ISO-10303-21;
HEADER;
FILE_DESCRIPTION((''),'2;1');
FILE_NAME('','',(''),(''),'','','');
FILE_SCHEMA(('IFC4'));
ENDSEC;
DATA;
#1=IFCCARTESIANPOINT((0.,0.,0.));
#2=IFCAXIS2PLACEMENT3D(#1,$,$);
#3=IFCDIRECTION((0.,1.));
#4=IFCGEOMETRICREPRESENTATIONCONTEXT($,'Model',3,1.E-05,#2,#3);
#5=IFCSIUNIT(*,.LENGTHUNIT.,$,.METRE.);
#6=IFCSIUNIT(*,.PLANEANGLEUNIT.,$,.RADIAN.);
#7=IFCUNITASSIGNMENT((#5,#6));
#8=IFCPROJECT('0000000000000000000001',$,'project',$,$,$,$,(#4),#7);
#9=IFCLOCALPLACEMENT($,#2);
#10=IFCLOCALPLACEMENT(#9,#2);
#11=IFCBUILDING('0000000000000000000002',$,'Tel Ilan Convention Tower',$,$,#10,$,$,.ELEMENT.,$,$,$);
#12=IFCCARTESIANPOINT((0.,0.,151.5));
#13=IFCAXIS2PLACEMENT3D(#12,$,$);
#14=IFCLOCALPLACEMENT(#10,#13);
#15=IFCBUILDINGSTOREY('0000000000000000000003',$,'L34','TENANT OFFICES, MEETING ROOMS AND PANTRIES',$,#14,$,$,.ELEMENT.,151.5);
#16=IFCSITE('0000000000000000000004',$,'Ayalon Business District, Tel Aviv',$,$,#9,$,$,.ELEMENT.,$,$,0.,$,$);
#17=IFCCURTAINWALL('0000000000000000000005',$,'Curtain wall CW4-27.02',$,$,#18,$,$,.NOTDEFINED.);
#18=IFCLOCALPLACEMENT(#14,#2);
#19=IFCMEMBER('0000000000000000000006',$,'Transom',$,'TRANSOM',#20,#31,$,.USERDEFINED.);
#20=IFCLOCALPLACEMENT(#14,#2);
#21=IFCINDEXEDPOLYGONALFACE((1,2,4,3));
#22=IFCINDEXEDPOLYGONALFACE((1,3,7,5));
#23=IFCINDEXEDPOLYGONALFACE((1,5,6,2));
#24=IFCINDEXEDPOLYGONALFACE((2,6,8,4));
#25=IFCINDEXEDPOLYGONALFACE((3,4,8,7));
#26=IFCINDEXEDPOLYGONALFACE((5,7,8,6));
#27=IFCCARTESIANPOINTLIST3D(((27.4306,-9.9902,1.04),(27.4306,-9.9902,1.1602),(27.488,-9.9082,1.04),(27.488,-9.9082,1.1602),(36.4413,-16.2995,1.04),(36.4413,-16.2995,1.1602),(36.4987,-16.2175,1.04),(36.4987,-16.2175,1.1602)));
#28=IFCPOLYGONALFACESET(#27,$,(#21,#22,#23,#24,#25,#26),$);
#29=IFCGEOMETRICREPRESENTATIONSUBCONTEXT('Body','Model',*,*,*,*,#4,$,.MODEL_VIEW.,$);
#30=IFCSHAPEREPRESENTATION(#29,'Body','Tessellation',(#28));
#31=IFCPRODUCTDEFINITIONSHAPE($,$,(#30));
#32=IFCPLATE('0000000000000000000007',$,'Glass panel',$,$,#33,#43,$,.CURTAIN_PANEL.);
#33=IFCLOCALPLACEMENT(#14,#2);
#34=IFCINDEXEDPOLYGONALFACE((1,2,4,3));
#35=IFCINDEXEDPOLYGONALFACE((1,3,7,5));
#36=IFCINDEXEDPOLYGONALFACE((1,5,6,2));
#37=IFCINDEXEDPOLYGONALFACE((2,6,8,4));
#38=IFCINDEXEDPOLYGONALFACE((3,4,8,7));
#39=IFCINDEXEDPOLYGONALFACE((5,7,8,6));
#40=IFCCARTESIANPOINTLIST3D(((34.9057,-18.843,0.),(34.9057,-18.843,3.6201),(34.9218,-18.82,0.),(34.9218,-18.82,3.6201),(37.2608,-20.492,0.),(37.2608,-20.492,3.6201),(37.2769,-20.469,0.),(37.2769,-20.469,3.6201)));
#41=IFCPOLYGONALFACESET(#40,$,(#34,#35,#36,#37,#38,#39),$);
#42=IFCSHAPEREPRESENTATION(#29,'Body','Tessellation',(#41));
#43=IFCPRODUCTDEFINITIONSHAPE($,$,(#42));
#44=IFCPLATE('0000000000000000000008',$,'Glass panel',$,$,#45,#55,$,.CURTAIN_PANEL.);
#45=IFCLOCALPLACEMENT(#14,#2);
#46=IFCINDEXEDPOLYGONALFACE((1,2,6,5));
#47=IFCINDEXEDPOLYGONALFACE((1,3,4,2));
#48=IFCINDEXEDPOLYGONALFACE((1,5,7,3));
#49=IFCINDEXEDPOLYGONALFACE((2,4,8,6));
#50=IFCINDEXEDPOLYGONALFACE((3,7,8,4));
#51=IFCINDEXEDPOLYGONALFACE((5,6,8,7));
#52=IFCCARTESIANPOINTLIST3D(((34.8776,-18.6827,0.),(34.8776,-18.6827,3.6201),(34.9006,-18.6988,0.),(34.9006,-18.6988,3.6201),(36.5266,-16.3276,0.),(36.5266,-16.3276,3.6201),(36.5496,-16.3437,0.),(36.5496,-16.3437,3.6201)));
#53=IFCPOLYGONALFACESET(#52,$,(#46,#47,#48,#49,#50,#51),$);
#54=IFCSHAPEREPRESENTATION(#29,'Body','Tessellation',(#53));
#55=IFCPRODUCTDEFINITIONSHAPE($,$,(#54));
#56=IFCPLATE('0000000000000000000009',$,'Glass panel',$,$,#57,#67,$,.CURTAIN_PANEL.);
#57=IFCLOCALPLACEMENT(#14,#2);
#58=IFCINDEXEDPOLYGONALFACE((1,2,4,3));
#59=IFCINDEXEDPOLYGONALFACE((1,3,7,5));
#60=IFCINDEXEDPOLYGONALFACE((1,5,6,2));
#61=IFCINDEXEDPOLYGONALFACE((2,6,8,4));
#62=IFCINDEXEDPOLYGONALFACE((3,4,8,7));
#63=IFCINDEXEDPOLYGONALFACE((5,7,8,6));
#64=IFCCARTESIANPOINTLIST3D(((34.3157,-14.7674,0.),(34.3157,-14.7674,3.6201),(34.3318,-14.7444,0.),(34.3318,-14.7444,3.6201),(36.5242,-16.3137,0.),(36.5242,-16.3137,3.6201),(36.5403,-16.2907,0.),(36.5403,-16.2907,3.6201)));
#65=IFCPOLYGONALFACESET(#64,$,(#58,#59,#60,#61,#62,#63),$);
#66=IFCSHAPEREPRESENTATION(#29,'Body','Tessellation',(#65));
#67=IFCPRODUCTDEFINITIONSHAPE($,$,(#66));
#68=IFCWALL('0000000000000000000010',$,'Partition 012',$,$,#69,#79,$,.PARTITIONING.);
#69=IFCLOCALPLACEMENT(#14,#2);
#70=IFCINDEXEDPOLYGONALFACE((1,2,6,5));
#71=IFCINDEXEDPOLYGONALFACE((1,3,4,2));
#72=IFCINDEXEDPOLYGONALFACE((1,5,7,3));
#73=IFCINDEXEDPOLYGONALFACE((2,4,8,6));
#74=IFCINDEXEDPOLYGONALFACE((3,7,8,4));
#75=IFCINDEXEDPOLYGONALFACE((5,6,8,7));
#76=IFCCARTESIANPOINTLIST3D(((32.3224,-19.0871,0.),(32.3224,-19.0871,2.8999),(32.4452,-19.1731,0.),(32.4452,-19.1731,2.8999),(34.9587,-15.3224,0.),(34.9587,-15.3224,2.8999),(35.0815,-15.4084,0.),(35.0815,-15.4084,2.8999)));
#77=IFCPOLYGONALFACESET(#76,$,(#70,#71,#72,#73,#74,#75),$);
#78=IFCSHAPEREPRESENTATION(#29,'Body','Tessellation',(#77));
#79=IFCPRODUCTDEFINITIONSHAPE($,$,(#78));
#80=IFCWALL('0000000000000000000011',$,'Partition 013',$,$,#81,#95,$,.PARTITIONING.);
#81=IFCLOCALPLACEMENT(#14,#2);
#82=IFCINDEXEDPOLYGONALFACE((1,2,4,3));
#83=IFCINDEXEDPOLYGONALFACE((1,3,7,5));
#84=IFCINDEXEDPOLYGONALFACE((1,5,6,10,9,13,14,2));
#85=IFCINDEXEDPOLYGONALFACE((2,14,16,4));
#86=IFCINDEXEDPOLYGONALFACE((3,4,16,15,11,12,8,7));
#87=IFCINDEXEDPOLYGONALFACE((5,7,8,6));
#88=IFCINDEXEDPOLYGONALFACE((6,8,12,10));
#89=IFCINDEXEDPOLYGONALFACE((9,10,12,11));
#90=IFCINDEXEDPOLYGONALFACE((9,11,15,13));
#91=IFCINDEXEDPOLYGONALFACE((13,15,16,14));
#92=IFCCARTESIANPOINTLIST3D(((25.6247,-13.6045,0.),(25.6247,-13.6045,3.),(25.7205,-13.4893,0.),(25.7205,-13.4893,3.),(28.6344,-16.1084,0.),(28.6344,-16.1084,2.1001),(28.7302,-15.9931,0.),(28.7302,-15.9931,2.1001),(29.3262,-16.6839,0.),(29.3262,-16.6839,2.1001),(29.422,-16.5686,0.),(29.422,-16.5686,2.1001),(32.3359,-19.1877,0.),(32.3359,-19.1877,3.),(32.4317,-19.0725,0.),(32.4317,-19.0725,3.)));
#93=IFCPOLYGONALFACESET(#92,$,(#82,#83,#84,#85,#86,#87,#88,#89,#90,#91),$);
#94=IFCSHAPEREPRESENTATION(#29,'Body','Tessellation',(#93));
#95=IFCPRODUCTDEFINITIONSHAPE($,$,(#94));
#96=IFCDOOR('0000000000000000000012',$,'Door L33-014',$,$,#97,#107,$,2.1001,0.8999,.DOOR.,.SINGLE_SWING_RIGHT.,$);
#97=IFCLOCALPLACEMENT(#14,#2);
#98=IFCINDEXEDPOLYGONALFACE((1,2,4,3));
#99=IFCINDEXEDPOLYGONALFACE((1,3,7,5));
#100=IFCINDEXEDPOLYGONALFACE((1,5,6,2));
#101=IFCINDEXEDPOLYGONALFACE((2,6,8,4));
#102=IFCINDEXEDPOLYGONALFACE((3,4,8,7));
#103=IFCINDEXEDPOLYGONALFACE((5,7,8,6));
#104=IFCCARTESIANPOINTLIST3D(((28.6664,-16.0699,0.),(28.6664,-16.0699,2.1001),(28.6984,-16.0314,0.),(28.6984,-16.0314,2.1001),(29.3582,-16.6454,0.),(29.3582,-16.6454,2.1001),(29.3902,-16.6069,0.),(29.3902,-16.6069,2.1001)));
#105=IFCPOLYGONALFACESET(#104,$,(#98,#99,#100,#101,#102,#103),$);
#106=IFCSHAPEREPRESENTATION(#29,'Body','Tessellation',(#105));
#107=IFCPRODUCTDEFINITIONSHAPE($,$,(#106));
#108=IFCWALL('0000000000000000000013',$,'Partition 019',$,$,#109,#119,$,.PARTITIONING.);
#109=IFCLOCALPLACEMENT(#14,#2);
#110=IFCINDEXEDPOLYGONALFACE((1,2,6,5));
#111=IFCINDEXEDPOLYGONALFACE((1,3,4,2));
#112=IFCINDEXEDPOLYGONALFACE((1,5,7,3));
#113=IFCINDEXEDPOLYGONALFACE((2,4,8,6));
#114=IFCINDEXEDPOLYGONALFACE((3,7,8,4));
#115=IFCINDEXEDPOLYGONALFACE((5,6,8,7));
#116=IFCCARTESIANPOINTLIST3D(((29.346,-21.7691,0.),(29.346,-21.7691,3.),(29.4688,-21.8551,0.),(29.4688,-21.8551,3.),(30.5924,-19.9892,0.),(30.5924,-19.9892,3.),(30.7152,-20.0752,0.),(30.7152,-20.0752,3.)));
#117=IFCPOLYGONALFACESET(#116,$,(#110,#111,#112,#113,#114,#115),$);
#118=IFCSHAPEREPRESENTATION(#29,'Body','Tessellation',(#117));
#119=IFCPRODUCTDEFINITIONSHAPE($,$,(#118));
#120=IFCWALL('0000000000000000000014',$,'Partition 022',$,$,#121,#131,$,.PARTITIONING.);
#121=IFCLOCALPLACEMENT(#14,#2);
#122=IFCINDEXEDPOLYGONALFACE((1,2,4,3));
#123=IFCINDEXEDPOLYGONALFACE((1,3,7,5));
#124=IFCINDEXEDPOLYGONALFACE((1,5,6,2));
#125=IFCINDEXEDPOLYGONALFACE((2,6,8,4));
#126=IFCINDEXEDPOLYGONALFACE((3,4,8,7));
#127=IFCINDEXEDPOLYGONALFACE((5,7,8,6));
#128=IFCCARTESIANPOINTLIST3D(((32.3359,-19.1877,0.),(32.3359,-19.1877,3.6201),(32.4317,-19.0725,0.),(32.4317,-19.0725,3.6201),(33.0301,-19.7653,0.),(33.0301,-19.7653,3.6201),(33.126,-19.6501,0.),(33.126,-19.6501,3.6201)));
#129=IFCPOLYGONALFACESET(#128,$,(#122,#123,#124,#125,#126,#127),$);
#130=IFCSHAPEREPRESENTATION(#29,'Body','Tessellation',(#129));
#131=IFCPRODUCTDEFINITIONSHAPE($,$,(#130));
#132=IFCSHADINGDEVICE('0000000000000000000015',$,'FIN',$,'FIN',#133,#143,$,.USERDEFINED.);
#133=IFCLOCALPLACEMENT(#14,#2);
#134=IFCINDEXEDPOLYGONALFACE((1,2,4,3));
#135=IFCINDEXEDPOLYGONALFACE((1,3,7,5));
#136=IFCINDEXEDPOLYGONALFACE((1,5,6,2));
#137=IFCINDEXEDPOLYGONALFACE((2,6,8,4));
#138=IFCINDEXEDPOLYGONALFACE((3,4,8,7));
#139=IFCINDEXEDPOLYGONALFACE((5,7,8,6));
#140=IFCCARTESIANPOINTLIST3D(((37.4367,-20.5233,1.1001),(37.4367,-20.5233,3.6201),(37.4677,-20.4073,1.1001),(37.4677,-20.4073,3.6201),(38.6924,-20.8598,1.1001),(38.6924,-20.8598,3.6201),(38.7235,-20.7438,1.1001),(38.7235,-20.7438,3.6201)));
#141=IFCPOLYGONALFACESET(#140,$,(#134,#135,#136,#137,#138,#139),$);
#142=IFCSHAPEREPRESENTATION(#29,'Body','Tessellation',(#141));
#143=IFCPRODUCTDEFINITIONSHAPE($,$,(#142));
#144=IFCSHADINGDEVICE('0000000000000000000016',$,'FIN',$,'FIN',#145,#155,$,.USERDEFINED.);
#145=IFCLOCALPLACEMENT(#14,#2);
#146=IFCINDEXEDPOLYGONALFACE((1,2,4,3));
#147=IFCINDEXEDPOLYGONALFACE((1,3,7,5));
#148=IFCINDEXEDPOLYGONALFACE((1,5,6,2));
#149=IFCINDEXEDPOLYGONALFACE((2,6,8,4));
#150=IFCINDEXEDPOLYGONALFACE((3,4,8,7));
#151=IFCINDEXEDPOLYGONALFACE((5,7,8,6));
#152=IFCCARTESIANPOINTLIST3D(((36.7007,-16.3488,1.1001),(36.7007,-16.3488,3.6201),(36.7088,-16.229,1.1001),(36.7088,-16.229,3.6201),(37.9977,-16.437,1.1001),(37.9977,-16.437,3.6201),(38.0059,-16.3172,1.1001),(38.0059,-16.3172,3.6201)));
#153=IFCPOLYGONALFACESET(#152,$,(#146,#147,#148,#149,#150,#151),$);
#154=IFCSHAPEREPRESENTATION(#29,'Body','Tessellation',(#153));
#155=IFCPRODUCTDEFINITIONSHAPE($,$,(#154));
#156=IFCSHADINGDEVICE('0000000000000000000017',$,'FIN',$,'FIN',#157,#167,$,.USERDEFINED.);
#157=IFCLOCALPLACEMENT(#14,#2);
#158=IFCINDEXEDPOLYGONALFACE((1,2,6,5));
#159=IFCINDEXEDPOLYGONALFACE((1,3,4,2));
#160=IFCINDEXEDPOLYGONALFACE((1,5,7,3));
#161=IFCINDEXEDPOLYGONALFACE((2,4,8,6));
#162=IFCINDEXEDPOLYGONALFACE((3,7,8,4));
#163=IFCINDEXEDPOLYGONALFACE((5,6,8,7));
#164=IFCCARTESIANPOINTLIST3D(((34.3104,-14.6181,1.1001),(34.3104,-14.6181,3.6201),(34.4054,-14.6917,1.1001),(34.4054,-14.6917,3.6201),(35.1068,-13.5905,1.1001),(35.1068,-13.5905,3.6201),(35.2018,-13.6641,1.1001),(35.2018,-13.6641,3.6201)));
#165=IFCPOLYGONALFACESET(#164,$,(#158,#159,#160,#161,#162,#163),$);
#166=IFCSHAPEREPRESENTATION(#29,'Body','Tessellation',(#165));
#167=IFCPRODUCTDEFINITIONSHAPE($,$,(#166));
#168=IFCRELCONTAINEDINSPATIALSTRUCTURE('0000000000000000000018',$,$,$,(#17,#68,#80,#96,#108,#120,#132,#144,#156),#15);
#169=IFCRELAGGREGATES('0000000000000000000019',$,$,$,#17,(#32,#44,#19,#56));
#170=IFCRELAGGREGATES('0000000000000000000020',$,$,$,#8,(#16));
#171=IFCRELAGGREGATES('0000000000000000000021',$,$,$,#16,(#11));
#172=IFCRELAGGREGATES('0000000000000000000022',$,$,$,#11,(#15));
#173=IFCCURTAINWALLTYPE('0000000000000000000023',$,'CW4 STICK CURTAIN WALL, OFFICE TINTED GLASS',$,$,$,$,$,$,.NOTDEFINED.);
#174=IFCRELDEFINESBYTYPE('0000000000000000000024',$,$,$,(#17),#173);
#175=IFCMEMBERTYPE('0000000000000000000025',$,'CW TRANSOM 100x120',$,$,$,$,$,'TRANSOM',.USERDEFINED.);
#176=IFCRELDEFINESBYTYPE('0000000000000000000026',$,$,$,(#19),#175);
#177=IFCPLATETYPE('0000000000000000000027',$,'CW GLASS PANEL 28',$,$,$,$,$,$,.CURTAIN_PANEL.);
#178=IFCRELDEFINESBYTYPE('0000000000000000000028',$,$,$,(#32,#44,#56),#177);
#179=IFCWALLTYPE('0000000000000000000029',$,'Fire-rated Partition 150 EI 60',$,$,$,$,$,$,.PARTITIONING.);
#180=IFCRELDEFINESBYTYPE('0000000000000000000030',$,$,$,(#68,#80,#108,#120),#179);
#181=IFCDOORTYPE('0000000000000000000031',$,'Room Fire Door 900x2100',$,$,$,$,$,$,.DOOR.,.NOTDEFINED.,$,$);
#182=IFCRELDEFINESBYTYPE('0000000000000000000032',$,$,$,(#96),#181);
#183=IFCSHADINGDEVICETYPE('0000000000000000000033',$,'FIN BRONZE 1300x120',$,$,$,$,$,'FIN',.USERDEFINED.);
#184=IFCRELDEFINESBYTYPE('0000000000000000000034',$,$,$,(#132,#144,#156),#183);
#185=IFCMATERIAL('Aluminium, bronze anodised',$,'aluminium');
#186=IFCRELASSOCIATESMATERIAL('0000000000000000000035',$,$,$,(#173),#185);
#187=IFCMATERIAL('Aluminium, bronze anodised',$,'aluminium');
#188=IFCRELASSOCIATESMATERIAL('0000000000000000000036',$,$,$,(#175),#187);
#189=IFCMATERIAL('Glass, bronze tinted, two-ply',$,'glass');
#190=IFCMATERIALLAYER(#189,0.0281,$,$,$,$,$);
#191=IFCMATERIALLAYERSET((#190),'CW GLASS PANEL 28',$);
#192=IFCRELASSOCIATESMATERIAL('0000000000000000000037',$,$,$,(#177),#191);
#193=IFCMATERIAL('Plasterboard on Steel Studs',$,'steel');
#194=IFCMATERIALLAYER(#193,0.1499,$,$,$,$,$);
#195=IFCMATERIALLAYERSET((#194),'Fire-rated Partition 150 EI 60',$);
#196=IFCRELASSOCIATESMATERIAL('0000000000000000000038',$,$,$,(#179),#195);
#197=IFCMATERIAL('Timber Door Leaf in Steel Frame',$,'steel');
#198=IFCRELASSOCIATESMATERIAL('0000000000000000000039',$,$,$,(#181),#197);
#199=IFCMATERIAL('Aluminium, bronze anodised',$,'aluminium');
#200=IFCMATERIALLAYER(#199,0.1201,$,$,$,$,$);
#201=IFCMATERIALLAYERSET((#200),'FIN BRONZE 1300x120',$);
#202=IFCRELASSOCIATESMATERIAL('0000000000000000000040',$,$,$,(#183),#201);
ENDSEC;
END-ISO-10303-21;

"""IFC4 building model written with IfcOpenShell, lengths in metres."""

from ifc_helpers import new_model, si_unit, direction, frame, frame_2d, origin, origin_2d, place, context, subcontext, project, spatial, rectangle, extrude, material, layer, layer_set, material_profile, profile_set, type_object, element, fill, aggregate, save


model = new_model("IFC4")

# Units and contexts
model_context = context("Model", 3, precision=1e-05, world=origin(), true_north=direction((0.0, 1.0)))
body_context = subcontext(model_context, "Body", "Model", "MODEL_VIEW")
ifc_project = project(units=[si_unit("LENGTHUNIT", "METRE"), si_unit("PLANEANGLEUNIT", "RADIAN")], contexts=[model_context])

# Site, building, storey
site_placement = place(None, origin())
site = spatial("IfcSite", under=ifc_project, at=site_placement, Name="Ayalon Business District, Tel Aviv", CompositionType="ELEMENT", RefElevation=0.0)
building_placement = place(site_placement, origin())
building = spatial("IfcBuilding", under=site, at=building_placement, Name="Tel Ilan Convention Tower", CompositionType="ELEMENT")
storey_placement = place(building_placement, frame((0.0, 0.0, 151.5)))
storey = spatial("IfcBuildingStorey", under=building, at=storey_placement, Name="L34", Description="TENANT OFFICES, MEETING ROOMS AND PANTRIES", CompositionType="ELEMENT", Elevation=151.5)

# Curtain wall, member, plates
ifc_material_1 = material(Name="Aluminium, bronze anodised", Category="aluminium")
curtain_wall_type = type_object("IfcCurtainWallType", Name="CW4 STICK CURTAIN WALL, OFFICE TINTED GLASS", PredefinedType="NOTDEFINED", material=ifc_material_1)
curtain_wall_placement = place(storey_placement, origin())
curtain_wall = element("IfcCurtainWall", 1, at=curtain_wall_placement, inside=storey, type_object=curtain_wall_type, Name="Curtain wall CW4-27.02", PredefinedType="NOTDEFINED")
ifc_material_2 = material(Name="Aluminium, bronze anodised", Category="aluminium")
ifc_material_profile_1 = material_profile(ifc_material_2, rectangle(XDim=0.1001, YDim=0.1201, at=origin_2d()), Name="CW TRANSOM 100x120")
ifc_profile_set_1 = profile_set([ifc_material_profile_1], Name="Aluminium, bronze anodised")
member_type_1 = type_object("IfcMemberType", Name="CW TRANSOM 100x120", ElementType="TRANSOM", PredefinedType="USERDEFINED", material=ifc_profile_set_1)
member_1_placement = place(storey_placement, frame((36.47, -16.2585, 1.1001), z_axis=(-0.819155, 0.573573, 0.0), x_axis=(-0.573573, -0.819155, 0.0)))
member_1 = element("IfcMember", 2, at=member_1_placement, type_object=member_type_1, Name="Transom", ObjectType="TRANSOM", PredefinedType="USERDEFINED", context=body_context, shape_type="SweptSolid", body=[
    extrude(rectangle(XDim=0.1001, YDim=0.1201, at=origin_2d()), origin(), (0.0, 0.0, 1.0), 11.0),
])
ifc_material_3 = material(Name="Glass, bronze tinted, two-ply", Category="glass")
ifc_layer_1 = layer(ifc_material_3, 0.0281)
ifc_layer_set_1 = layer_set([ifc_layer_1], Name="CW GLASS PANEL 28")
plate_type = type_object("IfcPlateType", Name="CW GLASS PANEL 28", PredefinedType="CURTAIN_PANEL", material=ifc_layer_set_1)
plate_1_placement = place(storey_placement, frame((36.0913, -19.656, 0.0), z_axis=(0.0, 0.0, 1.0), x_axis=(-0.819152, 0.573576, 0.0)))
plate_1 = element("IfcPlate", 3, at=plate_1_placement, type_object=plate_type, Name="Glass panel", PredefinedType="CURTAIN_PANEL", context=body_context, shape_type="SweptSolid", body=[
    extrude(rectangle(XDim=2.875, YDim=0.0281, at=origin_2d()), origin(), (0.0, 0.0, 1.0), 3.6201),
])
plate_2_placement = place(storey_placement, frame((35.7136, -17.5132, 0.0), z_axis=(0.0, 0.0, 1.0), x_axis=(0.573576, 0.819152, 0.0)))
plate_2 = element("IfcPlate", 4, at=plate_2_placement, type_object=plate_type, Name="Glass panel", PredefinedType="CURTAIN_PANEL", context=body_context, shape_type="SweptSolid", body=[
    extrude(rectangle(XDim=2.875, YDim=0.0281, at=origin_2d()), origin(), (0.0, 0.0, 1.0), 3.6201),
])
plate_3_placement = place(storey_placement, frame((35.428, -15.5291, 0.0), z_axis=(0.0, 0.0, 1.0), x_axis=(-0.819152, 0.573576, 0.0)))
plate_3 = element("IfcPlate", 5, at=plate_3_placement, type_object=plate_type, Name="Glass panel", PredefinedType="CURTAIN_PANEL", context=body_context, shape_type="SweptSolid", body=[
    extrude(rectangle(XDim=2.696, YDim=0.0281, at=origin_2d()), origin(), (0.0, 0.0, 1.0), 3.6201),
])
aggregate(curtain_wall, [plate_1, plate_2, member_1, plate_3])

# Wall
ifc_material_4 = material(Name="Plasterboard on Steel Studs", Category="steel")
ifc_layer_2 = layer(ifc_material_4, 0.1499)
ifc_layer_set_2 = layer_set([ifc_layer_2], Name="Fire-rated Partition 150 EI 60")
wall_type = type_object("IfcWallType", Name="Fire-rated Partition 150 EI 60", PredefinedType="PARTITIONING", material=ifc_layer_set_2)
wall_1_placement = place(storey_placement, frame((35.02, -15.3655, 0.0), z_axis=(0.0, 0.0, 1.0), x_axis=(-0.573605, -0.819132, 0.0)))
element("IfcWall", 6, at=wall_1_placement, inside=storey, type_object=wall_type, Name="Partition 012", PredefinedType="PARTITIONING", context=body_context, shape_type="SweptSolid", body=[
    extrude(rectangle(XDim=4.5959, YDim=0.1499, at=frame_2d((2.2979, 0.0))), origin(), (0.0, 0.0, 1.0), 2.8999),
])

# Wall, opening, door
wall_2_placement = place(storey_placement, frame((32.3838, -19.1301, 0.0), z_axis=(0.0, 0.0, 1.0), x_axis=(-0.768751, 0.639549, 0.0)))
wall_2 = element("IfcWall", 7, at=wall_2_placement, inside=storey, type_object=wall_type, Name="Partition 013", PredefinedType="PARTITIONING", context=body_context, shape_type="SweptSolid", body=[
    extrude(rectangle(XDim=8.73, YDim=0.1499, at=frame_2d((4.365, 0.0))), origin(), (0.0, 0.0, 1.0), 3.0),
])
opening_placement = place(wall_2_placement, frame((3.915, 0.0, 0.0)))
opening = element("IfcOpeningElement", 8, at=opening_placement, cuts=wall_2, PredefinedType="OPENING", context=body_context, shape_type="SweptSolid", body=[
    extrude(rectangle(XDim=0.8999, YDim=2.1001, at=frame_2d((0.45, 1.05))), frame((0.0, 0.085, 0.0), z_axis=(0.0, -1.0, 0.0), x_axis=(1.0, 0.0, 0.0)), (0.0, 0.0, 1.0), 0.1699),
])
ifc_material_5 = material(Name="Timber Door Leaf in Steel Frame", Category="steel")
door_type = type_object("IfcDoorType", Name="Room Fire Door 900x2100", OperationType="NOTDEFINED", PredefinedType="DOOR", material=ifc_material_5)
door_placement = place(opening_placement, origin())
door = element("IfcDoor", 9, at=door_placement, inside=storey, type_object=door_type, Name="Door L33-014", OperationType="SINGLE_SWING_RIGHT", OverallHeight=2.1001, OverallWidth=0.8999, PredefinedType="DOOR", context=body_context, shape_type="SweptSolid", body=[
    extrude(rectangle(XDim=0.8999, YDim=2.1001, at=frame_2d((0.45, 1.05))), frame((0.0, 0.0249, 0.0), z_axis=(0.0, -1.0, 0.0), x_axis=(1.0, 0.0, 0.0)), (0.0, 0.0, 1.0), 0.05),
])
fill(opening, door)

# Walls
wall_3_placement = place(storey_placement, frame((30.6538, -20.0322, 0.0), z_axis=(0.0, 0.0, 1.0), x_axis=(-0.573613, -0.819126, 0.0)))
element("IfcWall", 10, at=wall_3_placement, inside=storey, type_object=wall_type, Name="Partition 019", PredefinedType="PARTITIONING", context=body_context, shape_type="SweptSolid", body=[
    extrude(rectangle(XDim=2.1729, YDim=0.1499, at=frame_2d((1.0864, 0.0))), origin(), (0.0, 0.0, 1.0), 3.0),
])
wall_4_placement = place(storey_placement, frame((33.0781, -19.7078, 0.0), z_axis=(0.0, 0.0, 1.0), x_axis=(-0.768753, 0.639546, 0.0)))
element("IfcWall", 11, at=wall_4_placement, inside=storey, type_object=wall_type, Name="Partition 022", PredefinedType="PARTITIONING", context=body_context, shape_type="SweptSolid", body=[
    extrude(rectangle(XDim=0.9031, YDim=0.1499, at=frame_2d((0.4517, 0.0))), origin(), (0.0, 0.0, 1.0), 3.6201),
])

# Shading devices
ifc_material_6 = material(Name="Aluminium, bronze anodised", Category="aluminium")
ifc_layer_3 = layer(ifc_material_6, 0.1201)
ifc_layer_set_3 = layer_set([ifc_layer_3], Name="FIN BRONZE 1300x120")
shading_device_type = type_object("IfcShadingDeviceType", Name="FIN BRONZE 1300x120", ElementType="FIN", PredefinedType="USERDEFINED", material=ifc_layer_set_3)
for number, where, z_axis, x_axis, name in (
    (12, (38.0801, -20.6335, 1.1001), (0.0, 0.0, 1.0), (0.965926, -0.258819, 0.0), "FIN"),
    (13, (37.3533, -16.333, 1.1001), (0.0, 0.0, 1.0), (0.997697, -0.067822, 0.0), "FIN"),
    (14, (34.7561, -14.1411, 1.1001), (0.0, 0.0, 1.0), (0.612601, 0.790393, 0.0), "FIN"),
):
    element("IfcShadingDevice", number, at=place(storey_placement, frame(where, z_axis=z_axis, x_axis=x_axis)), inside=storey, type_object=shading_device_type, Name=name, ObjectType="FIN", PredefinedType="USERDEFINED", context=body_context, shape_type="SweptSolid", body=[
        extrude(rectangle(XDim=1.3, YDim=0.1201, at=origin_2d()), origin(), (0.0, 0.0, 1.0), 2.52),
    ])

save(model, "model.ifc")
